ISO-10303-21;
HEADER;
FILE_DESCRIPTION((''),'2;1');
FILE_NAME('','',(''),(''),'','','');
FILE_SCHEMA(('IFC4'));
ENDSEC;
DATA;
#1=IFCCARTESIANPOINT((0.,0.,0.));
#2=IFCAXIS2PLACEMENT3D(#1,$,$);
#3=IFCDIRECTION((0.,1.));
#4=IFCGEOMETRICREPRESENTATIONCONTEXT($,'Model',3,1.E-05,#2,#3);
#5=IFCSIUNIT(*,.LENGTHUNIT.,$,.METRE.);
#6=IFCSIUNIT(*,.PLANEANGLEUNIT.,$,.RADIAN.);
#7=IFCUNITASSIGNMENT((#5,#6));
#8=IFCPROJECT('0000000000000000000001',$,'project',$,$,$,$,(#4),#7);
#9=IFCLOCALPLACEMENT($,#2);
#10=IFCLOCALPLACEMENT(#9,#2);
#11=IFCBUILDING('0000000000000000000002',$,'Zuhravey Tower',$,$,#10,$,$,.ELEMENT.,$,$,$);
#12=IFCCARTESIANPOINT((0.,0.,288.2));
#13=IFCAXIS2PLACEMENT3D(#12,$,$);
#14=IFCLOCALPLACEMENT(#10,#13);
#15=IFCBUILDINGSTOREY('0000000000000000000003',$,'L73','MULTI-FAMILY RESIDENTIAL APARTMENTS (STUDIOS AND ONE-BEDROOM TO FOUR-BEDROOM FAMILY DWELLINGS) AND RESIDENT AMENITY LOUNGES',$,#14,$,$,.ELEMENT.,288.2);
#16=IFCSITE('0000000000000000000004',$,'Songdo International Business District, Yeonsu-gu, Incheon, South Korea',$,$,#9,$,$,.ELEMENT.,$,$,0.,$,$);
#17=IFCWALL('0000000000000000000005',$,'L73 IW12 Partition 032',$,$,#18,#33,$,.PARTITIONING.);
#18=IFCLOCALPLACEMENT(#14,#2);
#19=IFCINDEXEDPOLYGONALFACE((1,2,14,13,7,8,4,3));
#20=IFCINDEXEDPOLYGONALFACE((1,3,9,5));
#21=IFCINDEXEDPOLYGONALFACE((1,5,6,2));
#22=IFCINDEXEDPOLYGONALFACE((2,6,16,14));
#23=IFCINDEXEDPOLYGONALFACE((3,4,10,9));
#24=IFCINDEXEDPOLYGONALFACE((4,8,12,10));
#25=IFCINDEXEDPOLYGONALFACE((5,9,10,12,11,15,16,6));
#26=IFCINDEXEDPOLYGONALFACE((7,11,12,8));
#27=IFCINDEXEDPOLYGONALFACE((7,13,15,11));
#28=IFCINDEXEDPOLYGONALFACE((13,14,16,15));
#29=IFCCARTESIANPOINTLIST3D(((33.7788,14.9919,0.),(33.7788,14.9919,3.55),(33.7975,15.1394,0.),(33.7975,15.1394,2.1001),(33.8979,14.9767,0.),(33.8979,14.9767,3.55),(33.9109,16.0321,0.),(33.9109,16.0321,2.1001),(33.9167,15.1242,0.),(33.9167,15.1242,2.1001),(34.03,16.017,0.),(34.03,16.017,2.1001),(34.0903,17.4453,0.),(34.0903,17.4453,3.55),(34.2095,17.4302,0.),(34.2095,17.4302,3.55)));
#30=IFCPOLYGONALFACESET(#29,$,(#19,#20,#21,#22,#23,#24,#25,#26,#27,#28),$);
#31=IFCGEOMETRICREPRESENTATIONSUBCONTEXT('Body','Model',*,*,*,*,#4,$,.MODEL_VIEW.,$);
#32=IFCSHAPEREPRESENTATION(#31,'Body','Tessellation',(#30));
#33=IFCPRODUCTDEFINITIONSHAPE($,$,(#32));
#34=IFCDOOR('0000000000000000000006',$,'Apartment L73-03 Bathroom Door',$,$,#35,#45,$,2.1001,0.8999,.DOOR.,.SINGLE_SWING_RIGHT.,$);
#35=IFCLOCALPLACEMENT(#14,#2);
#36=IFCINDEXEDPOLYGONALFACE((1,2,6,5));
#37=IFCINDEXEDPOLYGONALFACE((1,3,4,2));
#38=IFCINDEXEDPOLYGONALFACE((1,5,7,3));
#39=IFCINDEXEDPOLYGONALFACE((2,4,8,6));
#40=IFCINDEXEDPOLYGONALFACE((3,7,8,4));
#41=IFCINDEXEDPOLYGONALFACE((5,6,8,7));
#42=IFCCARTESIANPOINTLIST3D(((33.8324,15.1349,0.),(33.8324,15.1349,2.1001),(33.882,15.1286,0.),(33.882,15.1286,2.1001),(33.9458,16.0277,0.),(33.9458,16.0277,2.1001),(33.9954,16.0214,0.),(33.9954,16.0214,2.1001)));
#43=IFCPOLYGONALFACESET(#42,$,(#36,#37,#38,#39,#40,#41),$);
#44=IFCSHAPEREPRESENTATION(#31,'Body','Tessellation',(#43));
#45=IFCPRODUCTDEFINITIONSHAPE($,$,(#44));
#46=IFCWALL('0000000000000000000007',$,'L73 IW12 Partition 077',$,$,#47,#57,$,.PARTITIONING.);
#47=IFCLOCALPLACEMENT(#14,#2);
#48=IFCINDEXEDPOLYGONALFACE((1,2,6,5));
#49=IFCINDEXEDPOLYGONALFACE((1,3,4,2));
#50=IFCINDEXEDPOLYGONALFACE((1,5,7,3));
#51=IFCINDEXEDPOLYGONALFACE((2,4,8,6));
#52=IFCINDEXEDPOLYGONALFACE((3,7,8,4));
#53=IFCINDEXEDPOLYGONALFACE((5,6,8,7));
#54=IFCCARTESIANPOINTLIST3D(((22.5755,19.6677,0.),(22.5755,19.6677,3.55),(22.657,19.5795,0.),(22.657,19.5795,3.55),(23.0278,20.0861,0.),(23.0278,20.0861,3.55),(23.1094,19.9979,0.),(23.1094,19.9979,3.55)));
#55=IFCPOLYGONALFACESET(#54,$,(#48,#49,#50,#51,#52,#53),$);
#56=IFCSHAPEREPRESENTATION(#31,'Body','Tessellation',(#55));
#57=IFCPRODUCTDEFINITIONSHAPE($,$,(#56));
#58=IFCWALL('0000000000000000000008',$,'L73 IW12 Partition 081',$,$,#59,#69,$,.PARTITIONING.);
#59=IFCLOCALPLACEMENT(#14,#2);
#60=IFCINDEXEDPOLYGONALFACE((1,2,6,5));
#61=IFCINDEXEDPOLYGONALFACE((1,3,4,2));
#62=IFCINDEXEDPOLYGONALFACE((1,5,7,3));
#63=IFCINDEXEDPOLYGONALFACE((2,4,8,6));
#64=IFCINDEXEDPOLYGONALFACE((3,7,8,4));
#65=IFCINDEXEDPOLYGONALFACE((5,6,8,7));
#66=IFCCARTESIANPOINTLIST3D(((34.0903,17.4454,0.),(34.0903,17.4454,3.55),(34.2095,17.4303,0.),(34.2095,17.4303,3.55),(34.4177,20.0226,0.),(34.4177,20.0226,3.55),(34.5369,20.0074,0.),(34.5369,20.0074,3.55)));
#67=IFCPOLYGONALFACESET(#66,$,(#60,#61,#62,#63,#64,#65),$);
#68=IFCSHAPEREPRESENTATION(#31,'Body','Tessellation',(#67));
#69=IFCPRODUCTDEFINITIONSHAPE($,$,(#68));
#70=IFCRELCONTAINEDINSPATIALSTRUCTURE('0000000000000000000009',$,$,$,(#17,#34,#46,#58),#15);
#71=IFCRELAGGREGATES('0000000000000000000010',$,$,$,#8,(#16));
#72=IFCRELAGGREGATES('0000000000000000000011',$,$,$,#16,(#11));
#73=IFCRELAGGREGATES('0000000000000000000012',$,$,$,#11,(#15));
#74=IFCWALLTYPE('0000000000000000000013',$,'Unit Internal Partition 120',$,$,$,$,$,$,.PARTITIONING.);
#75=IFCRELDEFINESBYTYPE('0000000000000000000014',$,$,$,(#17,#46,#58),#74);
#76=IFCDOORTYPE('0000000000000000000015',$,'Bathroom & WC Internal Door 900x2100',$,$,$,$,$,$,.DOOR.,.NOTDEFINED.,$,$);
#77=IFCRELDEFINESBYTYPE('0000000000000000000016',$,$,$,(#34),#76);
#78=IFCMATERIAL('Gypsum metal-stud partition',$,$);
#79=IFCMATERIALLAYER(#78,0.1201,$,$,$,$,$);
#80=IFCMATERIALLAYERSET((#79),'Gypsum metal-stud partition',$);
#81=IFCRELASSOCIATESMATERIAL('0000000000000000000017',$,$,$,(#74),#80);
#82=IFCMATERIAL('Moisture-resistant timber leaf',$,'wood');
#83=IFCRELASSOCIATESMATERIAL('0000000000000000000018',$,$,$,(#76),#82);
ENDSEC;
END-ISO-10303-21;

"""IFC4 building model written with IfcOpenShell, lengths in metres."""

from ifc_helpers import new_model, si_unit, direction, frame, frame_2d, origin, place, context, subcontext, project, spatial, rectangle, extrude, material, layer, layer_set, type_object, element, fill, save


model = new_model("IFC4")

# Units and contexts
model_context = context("Model", 3, precision=1e-05, world=origin(), true_north=direction((0.0, 1.0)))
body_context = subcontext(model_context, "Body", "Model", "MODEL_VIEW")
ifc_project = project(units=[si_unit("LENGTHUNIT", "METRE"), si_unit("PLANEANGLEUNIT", "RADIAN")], contexts=[model_context])

# Site, building, storey
site_placement = place(None, origin())
site = spatial("IfcSite", under=ifc_project, at=site_placement, Name="Songdo International Business District, Yeonsu-gu, Incheon, South Korea", CompositionType="ELEMENT", RefElevation=0.0)
building_placement = place(site_placement, origin())
building = spatial("IfcBuilding", under=site, at=building_placement, Name="Zuhravey Tower", CompositionType="ELEMENT")
storey_placement = place(building_placement, frame((0.0, 0.0, 288.2)))
storey = spatial("IfcBuildingStorey", under=building, at=storey_placement, Name="L73", Description="MULTI-FAMILY RESIDENTIAL APARTMENTS (STUDIOS AND ONE-BEDROOM TO FOUR-BEDROOM FAMILY DWELLINGS) AND RESIDENT AMENITY LOUNGES", CompositionType="ELEMENT", Elevation=288.2)

# Wall, opening, door
ifc_material_1 = material(Name="Gypsum metal-stud partition")
ifc_layer_1 = layer(ifc_material_1, 0.1201)
ifc_layer_set_1 = layer_set([ifc_layer_1], Name="Gypsum metal-stud partition")
wall_type_1 = type_object("IfcWallType", Name="Unit Internal Partition 120", PredefinedType="PARTITIONING", material=ifc_layer_set_1)
ifc_material_2 = material(Name="Moisture-resistant timber leaf", Category="wood")
door_type_1 = type_object("IfcDoorType", Name="Bathroom & WC Internal Door 900x2100", OperationType="NOTDEFINED", PredefinedType="DOOR", material=ifc_material_2)
wall_1_placement = place(storey_placement, frame((34.1499, 17.4377, 0.0), z_axis=(0.0, 0.0, 1.0), x_axis=(-0.125966, -0.992035, 0.0)))
wall_1 = element("IfcWall", 1, at=wall_1_placement, inside=storey, type_object=wall_type_1, Name="L73 IW12 Partition 032", PredefinedType="PARTITIONING", context=body_context, shape_type="SweptSolid", body=[
    extrude(rectangle(XDim=2.4731, YDim=0.1201, at=frame_2d((1.2366, 0.0))), origin(), (0.0, 0.0, 1.0), 3.55),
])
opening_1_placement = place(wall_1_placement, frame((1.4246, 0.0, 0.0)))
opening_1 = element("IfcOpeningElement", 2, at=opening_1_placement, cuts=wall_1, PredefinedType="OPENING", context=body_context, shape_type="SweptSolid", body=[
    extrude(rectangle(XDim=0.8999, YDim=2.1001, at=frame_2d((0.45, 1.05))), frame((0.0, 0.072, 0.0), z_axis=(0.0, -1.0, 0.0), x_axis=(1.0, 0.0, 0.0)), (0.0, 0.0, 1.0), 0.144),
])
door_1_placement = place(opening_1_placement, frame((0.8999, 0.0, 0.0), z_axis=(0.0, 0.0, 1.0), x_axis=(-1.0, 0.0, 0.0)))
door_1 = element("IfcDoor", 3, at=door_1_placement, inside=storey, type_object=door_type_1, Name="Apartment L73-03 Bathroom Door", OperationType="SINGLE_SWING_RIGHT", OverallHeight=2.1001, OverallWidth=0.8999, PredefinedType="DOOR", context=body_context, shape_type="SweptSolid", body=[
    extrude(rectangle(XDim=0.8999, YDim=2.1001, at=frame_2d((0.45, 1.05))), frame((0.0, 0.0249, 0.0), z_axis=(0.0, -1.0, 0.0), x_axis=(1.0, 0.0, 0.0)), (0.0, 0.0, 1.0), 0.05),
])
fill(opening_1, door_1)

# Walls
wall_2_placement = place(storey_placement, frame((23.0686, 20.042, 0.0), z_axis=(0.0, 0.0, 1.0), x_axis=(-0.734104, -0.679037, 0.0)))
element("IfcWall", 4, at=wall_2_placement, inside=storey, type_object=wall_type_1, Name="L73 IW12 Partition 077", PredefinedType="PARTITIONING", context=body_context, shape_type="SweptSolid", body=[
    extrude(rectangle(XDim=0.6162, YDim=0.1201, at=frame_2d((0.3081, 0.0))), origin(), (0.0, 0.0, 1.0), 3.55),
])
wall_3_placement = place(storey_placement, frame((34.4773, 20.0149, 0.0), z_axis=(0.0, 0.0, 1.0), x_axis=(-0.126024, -0.992027, 0.0)))
element("IfcWall", 5, at=wall_3_placement, inside=storey, type_object=wall_type_1, Name="L73 IW12 Partition 081", PredefinedType="PARTITIONING", context=body_context, shape_type="SweptSolid", body=[
    extrude(rectangle(XDim=2.5979, YDim=0.1201, at=frame_2d((1.2988, 0.0))), origin(), (0.0, 0.0, 1.0), 3.55),
])

save(model, "model.ifc")
